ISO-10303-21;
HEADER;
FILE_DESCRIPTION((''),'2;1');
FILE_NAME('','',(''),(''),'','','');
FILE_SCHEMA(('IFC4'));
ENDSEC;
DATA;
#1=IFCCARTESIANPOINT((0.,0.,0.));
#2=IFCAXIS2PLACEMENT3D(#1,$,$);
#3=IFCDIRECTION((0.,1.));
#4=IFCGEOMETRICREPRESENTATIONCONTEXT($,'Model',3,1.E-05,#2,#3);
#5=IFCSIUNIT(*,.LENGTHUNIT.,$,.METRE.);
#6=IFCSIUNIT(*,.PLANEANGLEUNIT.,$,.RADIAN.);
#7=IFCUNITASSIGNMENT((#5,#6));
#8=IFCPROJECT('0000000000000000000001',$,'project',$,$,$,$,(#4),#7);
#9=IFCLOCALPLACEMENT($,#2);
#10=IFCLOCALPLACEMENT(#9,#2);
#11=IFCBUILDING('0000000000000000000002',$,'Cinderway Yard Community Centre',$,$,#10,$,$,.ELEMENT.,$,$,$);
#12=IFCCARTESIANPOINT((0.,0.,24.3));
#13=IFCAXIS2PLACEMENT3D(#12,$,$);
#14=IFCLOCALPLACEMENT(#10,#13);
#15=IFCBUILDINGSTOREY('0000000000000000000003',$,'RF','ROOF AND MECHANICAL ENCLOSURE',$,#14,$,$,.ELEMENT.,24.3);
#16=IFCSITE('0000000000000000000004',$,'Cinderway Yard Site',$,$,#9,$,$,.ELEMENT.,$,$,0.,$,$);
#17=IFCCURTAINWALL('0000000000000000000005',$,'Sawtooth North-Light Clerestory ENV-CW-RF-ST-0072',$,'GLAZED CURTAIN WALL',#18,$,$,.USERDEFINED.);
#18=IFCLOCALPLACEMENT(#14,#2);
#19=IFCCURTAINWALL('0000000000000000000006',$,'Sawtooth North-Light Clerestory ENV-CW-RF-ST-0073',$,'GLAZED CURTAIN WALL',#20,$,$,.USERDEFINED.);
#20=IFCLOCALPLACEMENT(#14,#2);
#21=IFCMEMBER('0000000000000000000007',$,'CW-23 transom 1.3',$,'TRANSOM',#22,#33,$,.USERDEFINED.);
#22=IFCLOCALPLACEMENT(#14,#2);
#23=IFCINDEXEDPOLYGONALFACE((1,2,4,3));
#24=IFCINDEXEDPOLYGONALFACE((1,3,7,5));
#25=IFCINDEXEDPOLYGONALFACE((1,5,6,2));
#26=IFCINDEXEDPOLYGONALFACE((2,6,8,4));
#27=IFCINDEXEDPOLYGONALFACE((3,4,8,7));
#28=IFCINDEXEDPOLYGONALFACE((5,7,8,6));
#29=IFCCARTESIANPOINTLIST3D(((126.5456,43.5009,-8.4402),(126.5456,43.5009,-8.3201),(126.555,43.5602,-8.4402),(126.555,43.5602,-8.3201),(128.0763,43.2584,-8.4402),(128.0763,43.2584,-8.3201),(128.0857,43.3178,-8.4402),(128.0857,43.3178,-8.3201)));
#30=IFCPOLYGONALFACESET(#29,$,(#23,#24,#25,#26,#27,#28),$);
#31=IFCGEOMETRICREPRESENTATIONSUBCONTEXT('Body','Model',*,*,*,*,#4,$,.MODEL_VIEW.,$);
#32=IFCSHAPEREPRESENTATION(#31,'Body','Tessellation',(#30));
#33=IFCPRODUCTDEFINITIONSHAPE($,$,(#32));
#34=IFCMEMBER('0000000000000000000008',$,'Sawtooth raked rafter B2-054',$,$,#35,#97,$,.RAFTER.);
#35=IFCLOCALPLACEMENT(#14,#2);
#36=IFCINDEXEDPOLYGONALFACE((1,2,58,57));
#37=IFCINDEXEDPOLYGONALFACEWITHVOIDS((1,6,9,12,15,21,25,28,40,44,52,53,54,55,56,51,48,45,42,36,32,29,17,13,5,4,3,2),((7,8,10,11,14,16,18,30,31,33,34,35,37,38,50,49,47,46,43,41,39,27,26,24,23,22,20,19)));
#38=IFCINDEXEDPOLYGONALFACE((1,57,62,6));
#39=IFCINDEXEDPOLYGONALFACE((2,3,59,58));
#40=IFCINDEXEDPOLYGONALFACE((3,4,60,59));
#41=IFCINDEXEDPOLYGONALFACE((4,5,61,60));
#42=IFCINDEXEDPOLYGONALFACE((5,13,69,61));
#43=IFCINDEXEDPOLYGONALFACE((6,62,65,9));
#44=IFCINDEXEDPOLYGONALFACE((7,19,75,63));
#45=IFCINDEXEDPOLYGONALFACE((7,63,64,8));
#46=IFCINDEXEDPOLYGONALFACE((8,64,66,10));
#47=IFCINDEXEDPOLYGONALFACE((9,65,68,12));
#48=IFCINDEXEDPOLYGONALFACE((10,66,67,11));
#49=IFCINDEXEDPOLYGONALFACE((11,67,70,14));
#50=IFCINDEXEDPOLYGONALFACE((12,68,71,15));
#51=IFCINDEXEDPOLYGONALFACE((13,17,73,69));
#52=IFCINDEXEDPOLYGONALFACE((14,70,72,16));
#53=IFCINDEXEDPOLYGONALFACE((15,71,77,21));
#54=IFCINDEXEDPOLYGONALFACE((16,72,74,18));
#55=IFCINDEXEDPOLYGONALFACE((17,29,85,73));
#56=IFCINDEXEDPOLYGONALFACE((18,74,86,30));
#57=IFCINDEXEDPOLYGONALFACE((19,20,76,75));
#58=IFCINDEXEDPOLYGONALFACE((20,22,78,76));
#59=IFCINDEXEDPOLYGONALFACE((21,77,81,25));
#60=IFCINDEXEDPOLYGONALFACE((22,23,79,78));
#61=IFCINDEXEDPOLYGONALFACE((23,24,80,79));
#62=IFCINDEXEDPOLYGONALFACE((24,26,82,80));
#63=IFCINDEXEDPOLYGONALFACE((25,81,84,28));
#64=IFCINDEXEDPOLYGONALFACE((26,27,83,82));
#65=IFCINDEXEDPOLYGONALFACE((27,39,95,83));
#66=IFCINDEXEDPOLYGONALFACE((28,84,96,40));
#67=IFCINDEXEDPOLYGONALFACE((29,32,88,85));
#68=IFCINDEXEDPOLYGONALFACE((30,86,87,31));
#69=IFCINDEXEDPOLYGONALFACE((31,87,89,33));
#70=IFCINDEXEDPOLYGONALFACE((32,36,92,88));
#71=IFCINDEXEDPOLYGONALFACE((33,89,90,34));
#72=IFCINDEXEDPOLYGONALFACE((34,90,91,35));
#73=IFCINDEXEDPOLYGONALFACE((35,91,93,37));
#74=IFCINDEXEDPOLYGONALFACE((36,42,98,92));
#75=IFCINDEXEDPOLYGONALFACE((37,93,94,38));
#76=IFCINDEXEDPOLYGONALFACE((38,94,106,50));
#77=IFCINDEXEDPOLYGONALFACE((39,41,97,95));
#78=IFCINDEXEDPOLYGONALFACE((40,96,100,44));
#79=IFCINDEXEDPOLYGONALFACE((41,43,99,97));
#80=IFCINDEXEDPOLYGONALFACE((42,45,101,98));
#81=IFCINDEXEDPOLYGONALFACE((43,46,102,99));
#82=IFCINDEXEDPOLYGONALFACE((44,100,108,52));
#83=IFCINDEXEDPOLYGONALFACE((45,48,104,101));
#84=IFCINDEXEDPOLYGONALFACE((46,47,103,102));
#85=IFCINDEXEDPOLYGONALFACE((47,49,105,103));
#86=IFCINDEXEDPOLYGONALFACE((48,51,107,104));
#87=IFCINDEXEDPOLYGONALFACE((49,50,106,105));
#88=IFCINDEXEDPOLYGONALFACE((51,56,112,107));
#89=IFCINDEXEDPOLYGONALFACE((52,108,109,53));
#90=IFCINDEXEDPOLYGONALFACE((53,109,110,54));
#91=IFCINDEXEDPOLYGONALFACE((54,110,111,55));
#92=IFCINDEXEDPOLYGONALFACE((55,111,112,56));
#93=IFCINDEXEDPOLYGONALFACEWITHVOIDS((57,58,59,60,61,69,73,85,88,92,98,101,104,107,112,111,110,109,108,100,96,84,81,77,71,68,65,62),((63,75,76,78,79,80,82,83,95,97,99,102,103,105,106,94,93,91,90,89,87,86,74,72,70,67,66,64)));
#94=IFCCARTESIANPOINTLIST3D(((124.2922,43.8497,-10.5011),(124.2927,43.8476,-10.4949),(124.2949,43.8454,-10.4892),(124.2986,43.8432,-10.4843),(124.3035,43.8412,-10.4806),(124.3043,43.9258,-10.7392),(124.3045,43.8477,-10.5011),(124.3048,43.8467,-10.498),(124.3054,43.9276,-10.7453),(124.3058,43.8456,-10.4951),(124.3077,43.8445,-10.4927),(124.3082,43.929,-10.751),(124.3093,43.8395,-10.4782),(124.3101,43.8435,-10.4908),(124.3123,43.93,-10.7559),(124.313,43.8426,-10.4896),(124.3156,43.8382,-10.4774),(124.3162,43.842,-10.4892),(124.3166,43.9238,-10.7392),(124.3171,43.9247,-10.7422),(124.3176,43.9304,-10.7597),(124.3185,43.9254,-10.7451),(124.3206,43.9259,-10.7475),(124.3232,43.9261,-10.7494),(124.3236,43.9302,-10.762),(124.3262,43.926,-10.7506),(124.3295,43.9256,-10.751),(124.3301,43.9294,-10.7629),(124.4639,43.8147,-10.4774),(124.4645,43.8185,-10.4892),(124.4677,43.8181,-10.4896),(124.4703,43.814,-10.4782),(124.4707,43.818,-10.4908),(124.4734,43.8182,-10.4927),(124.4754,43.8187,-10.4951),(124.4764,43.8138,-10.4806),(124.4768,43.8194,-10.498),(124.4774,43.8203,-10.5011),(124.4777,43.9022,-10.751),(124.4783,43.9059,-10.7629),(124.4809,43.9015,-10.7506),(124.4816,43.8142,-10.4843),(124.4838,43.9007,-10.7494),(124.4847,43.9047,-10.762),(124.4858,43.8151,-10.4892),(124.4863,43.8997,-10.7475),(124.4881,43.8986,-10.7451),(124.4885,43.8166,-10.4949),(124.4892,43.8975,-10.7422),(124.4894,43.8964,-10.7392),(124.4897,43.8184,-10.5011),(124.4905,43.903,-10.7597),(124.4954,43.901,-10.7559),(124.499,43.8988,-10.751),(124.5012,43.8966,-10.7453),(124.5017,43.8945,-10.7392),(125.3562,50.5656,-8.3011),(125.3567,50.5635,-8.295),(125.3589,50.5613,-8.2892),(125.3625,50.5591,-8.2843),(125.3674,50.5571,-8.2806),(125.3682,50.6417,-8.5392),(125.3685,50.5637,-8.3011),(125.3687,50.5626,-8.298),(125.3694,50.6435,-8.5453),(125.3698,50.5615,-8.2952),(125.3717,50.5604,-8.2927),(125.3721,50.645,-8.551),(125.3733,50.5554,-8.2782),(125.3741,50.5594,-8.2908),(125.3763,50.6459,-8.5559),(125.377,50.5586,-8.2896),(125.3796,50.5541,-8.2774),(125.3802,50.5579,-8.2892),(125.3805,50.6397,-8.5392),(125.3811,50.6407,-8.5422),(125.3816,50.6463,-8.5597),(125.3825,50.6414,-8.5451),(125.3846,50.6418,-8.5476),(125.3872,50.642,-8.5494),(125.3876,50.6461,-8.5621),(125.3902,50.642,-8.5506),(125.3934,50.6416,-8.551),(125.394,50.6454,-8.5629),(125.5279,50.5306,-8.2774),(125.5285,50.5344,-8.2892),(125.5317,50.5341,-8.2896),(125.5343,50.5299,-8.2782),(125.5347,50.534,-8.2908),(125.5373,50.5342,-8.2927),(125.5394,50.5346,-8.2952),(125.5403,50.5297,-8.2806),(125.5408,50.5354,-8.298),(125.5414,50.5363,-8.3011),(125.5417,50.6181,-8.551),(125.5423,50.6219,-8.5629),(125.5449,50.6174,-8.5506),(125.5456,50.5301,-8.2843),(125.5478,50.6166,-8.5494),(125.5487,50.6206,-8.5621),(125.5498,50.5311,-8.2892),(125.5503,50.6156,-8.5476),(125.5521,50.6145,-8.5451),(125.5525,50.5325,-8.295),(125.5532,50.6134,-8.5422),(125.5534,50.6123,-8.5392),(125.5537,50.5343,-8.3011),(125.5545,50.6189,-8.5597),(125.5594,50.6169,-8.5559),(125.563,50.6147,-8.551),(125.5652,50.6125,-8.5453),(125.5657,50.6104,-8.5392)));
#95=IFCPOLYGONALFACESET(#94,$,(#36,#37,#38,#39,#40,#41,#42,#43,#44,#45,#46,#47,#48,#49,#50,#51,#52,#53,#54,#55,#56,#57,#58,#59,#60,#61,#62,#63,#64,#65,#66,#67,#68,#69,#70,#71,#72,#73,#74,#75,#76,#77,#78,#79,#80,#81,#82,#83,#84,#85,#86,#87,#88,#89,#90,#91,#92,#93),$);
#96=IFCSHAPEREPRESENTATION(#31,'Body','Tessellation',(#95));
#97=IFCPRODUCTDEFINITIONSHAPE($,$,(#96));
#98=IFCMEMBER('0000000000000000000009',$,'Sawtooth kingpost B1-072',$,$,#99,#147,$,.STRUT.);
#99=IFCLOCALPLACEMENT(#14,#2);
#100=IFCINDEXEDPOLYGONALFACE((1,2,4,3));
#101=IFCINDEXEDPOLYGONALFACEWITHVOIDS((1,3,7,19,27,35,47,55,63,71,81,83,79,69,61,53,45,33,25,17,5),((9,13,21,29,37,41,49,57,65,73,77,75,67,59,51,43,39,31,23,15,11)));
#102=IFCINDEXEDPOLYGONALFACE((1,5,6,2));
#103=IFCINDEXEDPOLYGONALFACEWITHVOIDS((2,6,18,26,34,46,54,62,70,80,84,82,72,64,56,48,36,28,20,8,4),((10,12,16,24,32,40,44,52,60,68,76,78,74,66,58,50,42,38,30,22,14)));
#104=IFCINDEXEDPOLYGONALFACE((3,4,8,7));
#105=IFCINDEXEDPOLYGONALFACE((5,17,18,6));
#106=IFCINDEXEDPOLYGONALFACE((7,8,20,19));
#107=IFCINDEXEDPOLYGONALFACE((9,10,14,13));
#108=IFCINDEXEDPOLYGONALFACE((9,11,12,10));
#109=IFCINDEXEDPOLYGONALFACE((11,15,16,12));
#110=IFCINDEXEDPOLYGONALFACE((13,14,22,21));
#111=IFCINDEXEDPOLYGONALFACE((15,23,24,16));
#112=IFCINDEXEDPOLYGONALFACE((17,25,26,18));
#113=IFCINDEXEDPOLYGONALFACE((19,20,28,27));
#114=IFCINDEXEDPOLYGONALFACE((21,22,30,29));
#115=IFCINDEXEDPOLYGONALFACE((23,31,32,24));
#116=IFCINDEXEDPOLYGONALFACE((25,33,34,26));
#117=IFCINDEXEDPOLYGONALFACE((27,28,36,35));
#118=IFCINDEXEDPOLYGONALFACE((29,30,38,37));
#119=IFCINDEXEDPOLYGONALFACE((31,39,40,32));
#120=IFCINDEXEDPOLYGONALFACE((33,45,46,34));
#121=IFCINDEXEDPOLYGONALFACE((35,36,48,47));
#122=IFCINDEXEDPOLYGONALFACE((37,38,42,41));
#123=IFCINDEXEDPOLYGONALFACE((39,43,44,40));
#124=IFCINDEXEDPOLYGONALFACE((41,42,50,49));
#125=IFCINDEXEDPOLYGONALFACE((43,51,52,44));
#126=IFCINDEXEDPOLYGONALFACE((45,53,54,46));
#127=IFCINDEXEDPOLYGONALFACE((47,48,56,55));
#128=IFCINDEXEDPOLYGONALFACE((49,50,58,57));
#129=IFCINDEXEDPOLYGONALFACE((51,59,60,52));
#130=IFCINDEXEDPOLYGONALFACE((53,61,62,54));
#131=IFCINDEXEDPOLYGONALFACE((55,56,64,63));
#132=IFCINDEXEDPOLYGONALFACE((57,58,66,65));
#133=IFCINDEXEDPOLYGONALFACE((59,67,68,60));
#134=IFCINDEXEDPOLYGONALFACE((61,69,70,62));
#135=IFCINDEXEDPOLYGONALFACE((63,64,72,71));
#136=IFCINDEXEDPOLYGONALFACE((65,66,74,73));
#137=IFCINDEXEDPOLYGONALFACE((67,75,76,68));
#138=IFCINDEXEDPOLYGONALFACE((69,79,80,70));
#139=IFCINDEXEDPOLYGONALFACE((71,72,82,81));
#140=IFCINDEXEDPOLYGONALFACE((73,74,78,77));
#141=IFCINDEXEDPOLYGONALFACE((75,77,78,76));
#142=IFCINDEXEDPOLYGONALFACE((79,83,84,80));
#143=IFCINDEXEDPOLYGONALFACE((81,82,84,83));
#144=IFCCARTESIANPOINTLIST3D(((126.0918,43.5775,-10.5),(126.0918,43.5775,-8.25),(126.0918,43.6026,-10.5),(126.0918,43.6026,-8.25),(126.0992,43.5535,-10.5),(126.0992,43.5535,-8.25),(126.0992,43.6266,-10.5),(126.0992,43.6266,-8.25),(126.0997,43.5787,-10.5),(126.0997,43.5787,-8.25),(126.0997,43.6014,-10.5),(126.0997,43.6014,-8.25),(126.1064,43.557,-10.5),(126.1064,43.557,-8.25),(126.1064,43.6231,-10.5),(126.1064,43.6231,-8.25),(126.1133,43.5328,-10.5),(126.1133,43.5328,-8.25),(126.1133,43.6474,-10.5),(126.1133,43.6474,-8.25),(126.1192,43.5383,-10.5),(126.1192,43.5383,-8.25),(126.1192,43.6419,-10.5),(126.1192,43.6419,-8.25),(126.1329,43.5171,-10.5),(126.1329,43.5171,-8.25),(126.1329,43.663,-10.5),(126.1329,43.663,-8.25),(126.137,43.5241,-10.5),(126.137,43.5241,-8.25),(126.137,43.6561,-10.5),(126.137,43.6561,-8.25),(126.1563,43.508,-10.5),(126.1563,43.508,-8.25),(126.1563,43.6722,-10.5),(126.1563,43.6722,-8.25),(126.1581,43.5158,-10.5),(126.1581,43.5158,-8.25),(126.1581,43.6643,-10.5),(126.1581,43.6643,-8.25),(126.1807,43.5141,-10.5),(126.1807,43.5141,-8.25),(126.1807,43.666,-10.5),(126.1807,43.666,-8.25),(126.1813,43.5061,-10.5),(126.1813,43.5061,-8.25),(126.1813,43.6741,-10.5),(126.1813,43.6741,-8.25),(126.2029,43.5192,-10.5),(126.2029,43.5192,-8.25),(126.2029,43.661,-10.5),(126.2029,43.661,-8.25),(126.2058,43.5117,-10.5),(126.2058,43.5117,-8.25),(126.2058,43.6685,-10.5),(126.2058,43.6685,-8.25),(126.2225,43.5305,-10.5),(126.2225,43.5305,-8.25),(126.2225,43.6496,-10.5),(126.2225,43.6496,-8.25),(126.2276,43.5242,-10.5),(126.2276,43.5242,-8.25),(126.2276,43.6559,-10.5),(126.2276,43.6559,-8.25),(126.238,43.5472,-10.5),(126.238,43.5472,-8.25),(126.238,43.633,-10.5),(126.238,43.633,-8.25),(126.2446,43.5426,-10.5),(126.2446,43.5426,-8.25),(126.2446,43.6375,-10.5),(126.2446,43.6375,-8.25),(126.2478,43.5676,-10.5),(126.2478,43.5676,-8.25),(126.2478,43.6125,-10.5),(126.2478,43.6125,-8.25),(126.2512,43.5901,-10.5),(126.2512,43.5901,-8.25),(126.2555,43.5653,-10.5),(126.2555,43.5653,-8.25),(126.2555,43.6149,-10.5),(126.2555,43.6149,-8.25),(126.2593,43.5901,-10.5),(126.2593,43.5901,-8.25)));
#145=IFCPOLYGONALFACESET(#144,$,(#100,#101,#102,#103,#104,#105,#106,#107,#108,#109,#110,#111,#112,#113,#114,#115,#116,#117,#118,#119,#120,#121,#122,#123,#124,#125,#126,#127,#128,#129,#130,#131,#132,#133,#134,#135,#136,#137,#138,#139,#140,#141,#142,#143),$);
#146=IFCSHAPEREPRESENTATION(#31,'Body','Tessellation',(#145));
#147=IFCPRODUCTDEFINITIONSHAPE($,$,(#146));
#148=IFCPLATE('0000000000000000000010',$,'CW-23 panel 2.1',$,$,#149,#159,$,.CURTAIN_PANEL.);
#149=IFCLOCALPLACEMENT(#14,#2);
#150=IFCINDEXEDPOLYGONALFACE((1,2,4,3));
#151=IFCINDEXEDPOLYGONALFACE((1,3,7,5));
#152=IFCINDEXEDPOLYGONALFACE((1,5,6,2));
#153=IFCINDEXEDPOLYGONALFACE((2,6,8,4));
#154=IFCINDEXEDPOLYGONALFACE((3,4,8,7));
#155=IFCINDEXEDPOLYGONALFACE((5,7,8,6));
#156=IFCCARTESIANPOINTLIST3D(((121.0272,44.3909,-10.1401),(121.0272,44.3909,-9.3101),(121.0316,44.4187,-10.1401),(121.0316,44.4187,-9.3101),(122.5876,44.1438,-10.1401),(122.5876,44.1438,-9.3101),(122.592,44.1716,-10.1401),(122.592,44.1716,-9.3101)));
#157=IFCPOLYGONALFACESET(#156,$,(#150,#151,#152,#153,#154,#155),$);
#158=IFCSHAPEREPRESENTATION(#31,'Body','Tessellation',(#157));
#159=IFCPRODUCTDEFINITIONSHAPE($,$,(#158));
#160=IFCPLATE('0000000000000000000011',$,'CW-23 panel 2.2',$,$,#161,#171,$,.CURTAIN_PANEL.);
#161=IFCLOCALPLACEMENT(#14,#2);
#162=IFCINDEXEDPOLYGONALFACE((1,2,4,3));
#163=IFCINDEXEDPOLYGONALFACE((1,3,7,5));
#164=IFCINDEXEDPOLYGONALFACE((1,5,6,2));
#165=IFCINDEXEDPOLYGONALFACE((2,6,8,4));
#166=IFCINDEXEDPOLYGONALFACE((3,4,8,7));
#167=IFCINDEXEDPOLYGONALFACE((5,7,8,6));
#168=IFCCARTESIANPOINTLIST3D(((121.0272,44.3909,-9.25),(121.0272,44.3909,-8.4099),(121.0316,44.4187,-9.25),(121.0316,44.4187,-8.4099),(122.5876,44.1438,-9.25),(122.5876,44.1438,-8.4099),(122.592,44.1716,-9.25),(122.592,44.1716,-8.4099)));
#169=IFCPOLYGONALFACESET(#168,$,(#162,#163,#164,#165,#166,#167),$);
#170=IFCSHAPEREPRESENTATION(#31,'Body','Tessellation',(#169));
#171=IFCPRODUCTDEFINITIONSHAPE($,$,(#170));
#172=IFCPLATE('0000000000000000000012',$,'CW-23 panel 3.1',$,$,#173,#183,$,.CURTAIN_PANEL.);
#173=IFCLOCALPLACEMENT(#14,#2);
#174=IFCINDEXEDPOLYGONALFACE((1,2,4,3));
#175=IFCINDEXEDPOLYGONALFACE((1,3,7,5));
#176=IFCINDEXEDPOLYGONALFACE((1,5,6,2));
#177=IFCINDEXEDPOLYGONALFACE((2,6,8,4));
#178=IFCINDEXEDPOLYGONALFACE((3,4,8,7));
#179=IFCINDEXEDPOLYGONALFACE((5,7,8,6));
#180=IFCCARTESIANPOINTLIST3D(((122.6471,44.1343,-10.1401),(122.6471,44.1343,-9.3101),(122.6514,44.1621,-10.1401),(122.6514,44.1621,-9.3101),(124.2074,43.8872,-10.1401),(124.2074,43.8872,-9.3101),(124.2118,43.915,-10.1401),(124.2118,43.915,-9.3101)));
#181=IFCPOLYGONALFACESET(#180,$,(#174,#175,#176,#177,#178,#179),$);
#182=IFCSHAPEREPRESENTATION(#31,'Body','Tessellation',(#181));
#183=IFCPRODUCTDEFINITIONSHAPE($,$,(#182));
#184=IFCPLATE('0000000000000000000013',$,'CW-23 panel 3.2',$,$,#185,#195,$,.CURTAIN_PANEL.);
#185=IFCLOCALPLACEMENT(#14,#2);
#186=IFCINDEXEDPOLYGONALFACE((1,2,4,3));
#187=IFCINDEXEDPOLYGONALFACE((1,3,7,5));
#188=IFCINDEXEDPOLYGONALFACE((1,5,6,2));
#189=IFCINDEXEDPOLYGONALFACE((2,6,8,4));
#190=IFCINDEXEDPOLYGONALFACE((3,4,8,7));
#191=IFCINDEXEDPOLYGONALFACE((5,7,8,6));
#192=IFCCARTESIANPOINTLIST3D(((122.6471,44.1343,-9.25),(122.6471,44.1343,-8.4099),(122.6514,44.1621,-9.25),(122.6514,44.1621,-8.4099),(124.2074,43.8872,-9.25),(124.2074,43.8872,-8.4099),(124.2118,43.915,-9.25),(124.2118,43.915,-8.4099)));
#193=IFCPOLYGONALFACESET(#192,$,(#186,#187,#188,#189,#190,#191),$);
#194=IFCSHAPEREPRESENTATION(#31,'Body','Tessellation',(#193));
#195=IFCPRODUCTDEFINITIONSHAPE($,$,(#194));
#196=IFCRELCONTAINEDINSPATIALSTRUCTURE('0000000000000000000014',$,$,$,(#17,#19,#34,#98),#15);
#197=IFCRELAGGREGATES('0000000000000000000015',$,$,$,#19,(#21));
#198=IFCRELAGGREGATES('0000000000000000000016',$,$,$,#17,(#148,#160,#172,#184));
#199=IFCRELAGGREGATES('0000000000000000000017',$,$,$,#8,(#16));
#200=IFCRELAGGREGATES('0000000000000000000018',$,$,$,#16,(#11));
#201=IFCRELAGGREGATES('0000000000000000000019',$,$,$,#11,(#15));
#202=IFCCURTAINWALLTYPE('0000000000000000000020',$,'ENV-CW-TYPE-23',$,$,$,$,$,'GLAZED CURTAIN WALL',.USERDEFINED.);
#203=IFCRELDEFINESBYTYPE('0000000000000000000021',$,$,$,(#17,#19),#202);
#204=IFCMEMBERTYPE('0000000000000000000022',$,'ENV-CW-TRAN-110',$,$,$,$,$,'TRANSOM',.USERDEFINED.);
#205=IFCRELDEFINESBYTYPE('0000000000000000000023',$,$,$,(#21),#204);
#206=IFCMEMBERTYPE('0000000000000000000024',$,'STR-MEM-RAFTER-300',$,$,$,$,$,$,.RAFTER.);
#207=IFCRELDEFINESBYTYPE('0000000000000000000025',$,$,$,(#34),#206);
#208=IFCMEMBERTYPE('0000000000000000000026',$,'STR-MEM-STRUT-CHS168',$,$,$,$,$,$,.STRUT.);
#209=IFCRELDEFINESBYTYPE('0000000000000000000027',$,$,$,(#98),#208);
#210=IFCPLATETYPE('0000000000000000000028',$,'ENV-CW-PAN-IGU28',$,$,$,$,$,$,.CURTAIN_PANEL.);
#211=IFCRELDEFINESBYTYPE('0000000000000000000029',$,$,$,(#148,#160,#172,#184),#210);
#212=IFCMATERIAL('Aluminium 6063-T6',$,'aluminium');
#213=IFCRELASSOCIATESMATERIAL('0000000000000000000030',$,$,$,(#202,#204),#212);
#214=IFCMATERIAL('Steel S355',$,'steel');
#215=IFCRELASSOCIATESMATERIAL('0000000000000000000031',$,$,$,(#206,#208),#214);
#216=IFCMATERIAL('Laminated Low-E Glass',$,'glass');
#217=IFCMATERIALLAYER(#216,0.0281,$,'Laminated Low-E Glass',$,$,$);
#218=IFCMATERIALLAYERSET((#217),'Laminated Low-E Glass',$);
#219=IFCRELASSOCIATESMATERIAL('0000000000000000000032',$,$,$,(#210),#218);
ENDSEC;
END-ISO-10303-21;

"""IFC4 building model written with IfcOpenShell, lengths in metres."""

from ifc_helpers import new_model, si_unit, direction, frame, origin, origin_2d, place, context, subcontext, project, spatial, rectangle, hollow_rectangle, hollow_circle, extrude, material, layer, layer_set, material_profile, profile_set, type_object, element, aggregate, save


model = new_model("IFC4")

# Units and contexts
model_context = context("Model", 3, precision=1e-05, world=origin(), true_north=direction((0.0, 1.0)))
body_context = subcontext(model_context, "Body", "Model", "MODEL_VIEW")
ifc_project = project(units=[si_unit("LENGTHUNIT", "METRE"), si_unit("PLANEANGLEUNIT", "RADIAN")], contexts=[model_context])

# Site, building, storey
site_placement = place(None, origin())
site = spatial("IfcSite", under=ifc_project, at=site_placement, Name="Cinderway Yard Site", CompositionType="ELEMENT", RefElevation=0.0)
building_placement = place(site_placement, origin())
building = spatial("IfcBuilding", under=site, at=building_placement, Name="Cinderway Yard Community Centre", CompositionType="ELEMENT")
storey_placement = place(building_placement, frame((0.0, 0.0, 24.3)))
storey = spatial("IfcBuildingStorey", under=building, at=storey_placement, Name="RF", Description="ROOF AND MECHANICAL ENCLOSURE", CompositionType="ELEMENT", Elevation=24.3)

# Curtain wall
ifc_material_1 = material(Name="Aluminium 6063-T6", Category="aluminium")
curtain_wall_type = type_object("IfcCurtainWallType", Name="ENV-CW-TYPE-23", ElementType="GLAZED CURTAIN WALL", PredefinedType="USERDEFINED", material=ifc_material_1)
curtain_wall_1_placement = place(storey_placement, origin())
curtain_wall_1 = element("IfcCurtainWall", 1, at=curtain_wall_1_placement, inside=storey, type_object=curtain_wall_type, Name="Sawtooth North-Light Clerestory ENV-CW-RF-ST-0072", ObjectType="GLAZED CURTAIN WALL", PredefinedType="USERDEFINED")

# Curtain wall
curtain_wall_2_placement = place(storey_placement, origin())
curtain_wall_2 = element("IfcCurtainWall", 2, at=curtain_wall_2_placement, inside=storey, type_object=curtain_wall_type, Name="Sawtooth North-Light Clerestory ENV-CW-RF-ST-0073", ObjectType="GLAZED CURTAIN WALL", PredefinedType="USERDEFINED")

# Member
ifc_material_profile_1 = material_profile(ifc_material_1, rectangle(XDim=0.0601, YDim=0.1201, at=origin_2d()), Name="Aluminium 6063-T6")
ifc_profile_set_1 = profile_set([ifc_material_profile_1], Name="Aluminium 6063-T6")
member_type_1 = type_object("IfcMemberType", Name="ENV-CW-TRAN-110", ElementType="TRANSOM", PredefinedType="USERDEFINED", material=ifc_profile_set_1)
member_1_placement = place(storey_placement, frame((126.5503, 43.5305, -8.3801), z_axis=(0.98769, -0.156424, 0.0), x_axis=(0.156424, 0.98769, 0.0)))
member_1 = element("IfcMember", 3, at=member_1_placement, type_object=member_type_1, Name="CW-23 transom 1.3", ObjectType="TRANSOM", PredefinedType="USERDEFINED", context=body_context, shape_type="SweptSolid", body=[
    extrude(rectangle(XDim=0.0601, YDim=0.1201, at=origin_2d()), origin(), (0.0, 0.0, 1.0), 1.5498),
])
aggregate(curtain_wall_2, [member_1])

# Members
ifc_material_2 = material(Name="Steel S355", Category="steel")
ifc_material_profile_2 = material_profile(ifc_material_2, hollow_rectangle(XDim=0.2, YDim=0.3, WallThickness=0.0125, InnerFilletRadius=0.0125, OuterFilletRadius=0.0249, at=origin_2d()), Name="Steel S355")
ifc_profile_set_2 = profile_set([ifc_material_profile_2], Name="Steel S355")
member_type_2 = type_object("IfcMemberType", Name="STR-MEM-RAFTER-300", PredefinedType="RAFTER", material=ifc_profile_set_2)
member_2_placement = place(storey_placement, frame((124.397, 43.8721, -10.6201), z_axis=(0.148877, 0.939721, 0.307831), x_axis=(-0.987682, 0.156475, 0.0)))
element("IfcMember", 4, at=member_2_placement, inside=storey, type_object=member_type_2, Name="Sawtooth raked rafter B2-054", PredefinedType="RAFTER", context=body_context, shape_type="SweptSolid", body=[
    extrude(hollow_rectangle(XDim=0.2, YDim=0.3, WallThickness=0.0125, InnerFilletRadius=0.0125, OuterFilletRadius=0.0249, at=origin_2d()), origin(), (0.0, 0.0, 1.0), 7.1467),
])
ifc_material_profile_3 = material_profile(ifc_material_2, hollow_circle(Radius=0.0842, WallThickness=0.0081, at=origin_2d()), Name="Steel S355")
ifc_profile_set_3 = profile_set([ifc_material_profile_3], Name="Steel S355")
member_type_3 = type_object("IfcMemberType", Name="STR-MEM-STRUT-CHS168", PredefinedType="STRUT", material=ifc_profile_set_3)
member_3_placement = place(storey_placement, frame((126.175, 43.5901, -10.5), z_axis=(0.0, 0.0, 1.0), x_axis=(1.0, 0.0, 0.0)))
element("IfcMember", 5, at=member_3_placement, inside=storey, type_object=member_type_3, Name="Sawtooth kingpost B1-072", PredefinedType="STRUT", context=body_context, shape_type="SweptSolid", body=[
    extrude(hollow_circle(Radius=0.0842, WallThickness=0.0081, at=origin_2d()), origin(), (0.0, 0.0, 1.0), 2.25),
])

# Plates
ifc_material_3 = material(Name="Laminated Low-E Glass", Category="glass")
ifc_layer_1 = layer(ifc_material_3, 0.0281, Name="Laminated Low-E Glass")
ifc_layer_set_1 = layer_set([ifc_layer_1], Name="Laminated Low-E Glass")
plate_type_1 = type_object("IfcPlateType", Name="ENV-CW-PAN-IGU28", PredefinedType="CURTAIN_PANEL", material=ifc_layer_set_1)
plate_1_placement = place(storey_placement, frame((121.8096, 44.2812, -10.1401), z_axis=(0.0, 0.0, 1.0), x_axis=(0.987692, -0.156409, 0.0)))
plate_1 = element("IfcPlate", 6, at=plate_1_placement, type_object=plate_type_1, Name="CW-23 panel 2.1", PredefinedType="CURTAIN_PANEL", context=body_context, shape_type="SweptSolid", body=[
    extrude(rectangle(XDim=1.5798, YDim=0.0281, at=origin_2d()), origin(), (0.0, 0.0, 1.0), 0.8301),
])
plate_2_placement = place(storey_placement, frame((121.8096, 44.2812, -9.25), z_axis=(0.0, 0.0, 1.0), x_axis=(0.987692, -0.156409, 0.0)))
plate_2 = element("IfcPlate", 7, at=plate_2_placement, type_object=plate_type_1, Name="CW-23 panel 2.2", PredefinedType="CURTAIN_PANEL", context=body_context, shape_type="SweptSolid", body=[
    extrude(rectangle(XDim=1.5798, YDim=0.0281, at=origin_2d()), origin(), (0.0, 0.0, 1.0), 0.8401),
])
plate_3_placement = place(storey_placement, frame((123.4294, 44.0247, -10.1401), z_axis=(0.0, 0.0, 1.0), x_axis=(0.987692, -0.156409, 0.0)))
plate_3 = element("IfcPlate", 8, at=plate_3_placement, type_object=plate_type_1, Name="CW-23 panel 3.1", PredefinedType="CURTAIN_PANEL", context=body_context, shape_type="SweptSolid", body=[
    extrude(rectangle(XDim=1.5798, YDim=0.0281, at=origin_2d()), origin(), (0.0, 0.0, 1.0), 0.8301),
])
plate_4_placement = place(storey_placement, frame((123.4294, 44.0247, -9.25), z_axis=(0.0, 0.0, 1.0), x_axis=(0.987692, -0.156409, 0.0)))
plate_4 = element("IfcPlate", 9, at=plate_4_placement, type_object=plate_type_1, Name="CW-23 panel 3.2", PredefinedType="CURTAIN_PANEL", context=body_context, shape_type="SweptSolid", body=[
    extrude(rectangle(XDim=1.5798, YDim=0.0281, at=origin_2d()), origin(), (0.0, 0.0, 1.0), 0.8401),
])
aggregate(curtain_wall_1, [plate_1, plate_2, plate_3, plate_4])

save(model, "model.ifc")
